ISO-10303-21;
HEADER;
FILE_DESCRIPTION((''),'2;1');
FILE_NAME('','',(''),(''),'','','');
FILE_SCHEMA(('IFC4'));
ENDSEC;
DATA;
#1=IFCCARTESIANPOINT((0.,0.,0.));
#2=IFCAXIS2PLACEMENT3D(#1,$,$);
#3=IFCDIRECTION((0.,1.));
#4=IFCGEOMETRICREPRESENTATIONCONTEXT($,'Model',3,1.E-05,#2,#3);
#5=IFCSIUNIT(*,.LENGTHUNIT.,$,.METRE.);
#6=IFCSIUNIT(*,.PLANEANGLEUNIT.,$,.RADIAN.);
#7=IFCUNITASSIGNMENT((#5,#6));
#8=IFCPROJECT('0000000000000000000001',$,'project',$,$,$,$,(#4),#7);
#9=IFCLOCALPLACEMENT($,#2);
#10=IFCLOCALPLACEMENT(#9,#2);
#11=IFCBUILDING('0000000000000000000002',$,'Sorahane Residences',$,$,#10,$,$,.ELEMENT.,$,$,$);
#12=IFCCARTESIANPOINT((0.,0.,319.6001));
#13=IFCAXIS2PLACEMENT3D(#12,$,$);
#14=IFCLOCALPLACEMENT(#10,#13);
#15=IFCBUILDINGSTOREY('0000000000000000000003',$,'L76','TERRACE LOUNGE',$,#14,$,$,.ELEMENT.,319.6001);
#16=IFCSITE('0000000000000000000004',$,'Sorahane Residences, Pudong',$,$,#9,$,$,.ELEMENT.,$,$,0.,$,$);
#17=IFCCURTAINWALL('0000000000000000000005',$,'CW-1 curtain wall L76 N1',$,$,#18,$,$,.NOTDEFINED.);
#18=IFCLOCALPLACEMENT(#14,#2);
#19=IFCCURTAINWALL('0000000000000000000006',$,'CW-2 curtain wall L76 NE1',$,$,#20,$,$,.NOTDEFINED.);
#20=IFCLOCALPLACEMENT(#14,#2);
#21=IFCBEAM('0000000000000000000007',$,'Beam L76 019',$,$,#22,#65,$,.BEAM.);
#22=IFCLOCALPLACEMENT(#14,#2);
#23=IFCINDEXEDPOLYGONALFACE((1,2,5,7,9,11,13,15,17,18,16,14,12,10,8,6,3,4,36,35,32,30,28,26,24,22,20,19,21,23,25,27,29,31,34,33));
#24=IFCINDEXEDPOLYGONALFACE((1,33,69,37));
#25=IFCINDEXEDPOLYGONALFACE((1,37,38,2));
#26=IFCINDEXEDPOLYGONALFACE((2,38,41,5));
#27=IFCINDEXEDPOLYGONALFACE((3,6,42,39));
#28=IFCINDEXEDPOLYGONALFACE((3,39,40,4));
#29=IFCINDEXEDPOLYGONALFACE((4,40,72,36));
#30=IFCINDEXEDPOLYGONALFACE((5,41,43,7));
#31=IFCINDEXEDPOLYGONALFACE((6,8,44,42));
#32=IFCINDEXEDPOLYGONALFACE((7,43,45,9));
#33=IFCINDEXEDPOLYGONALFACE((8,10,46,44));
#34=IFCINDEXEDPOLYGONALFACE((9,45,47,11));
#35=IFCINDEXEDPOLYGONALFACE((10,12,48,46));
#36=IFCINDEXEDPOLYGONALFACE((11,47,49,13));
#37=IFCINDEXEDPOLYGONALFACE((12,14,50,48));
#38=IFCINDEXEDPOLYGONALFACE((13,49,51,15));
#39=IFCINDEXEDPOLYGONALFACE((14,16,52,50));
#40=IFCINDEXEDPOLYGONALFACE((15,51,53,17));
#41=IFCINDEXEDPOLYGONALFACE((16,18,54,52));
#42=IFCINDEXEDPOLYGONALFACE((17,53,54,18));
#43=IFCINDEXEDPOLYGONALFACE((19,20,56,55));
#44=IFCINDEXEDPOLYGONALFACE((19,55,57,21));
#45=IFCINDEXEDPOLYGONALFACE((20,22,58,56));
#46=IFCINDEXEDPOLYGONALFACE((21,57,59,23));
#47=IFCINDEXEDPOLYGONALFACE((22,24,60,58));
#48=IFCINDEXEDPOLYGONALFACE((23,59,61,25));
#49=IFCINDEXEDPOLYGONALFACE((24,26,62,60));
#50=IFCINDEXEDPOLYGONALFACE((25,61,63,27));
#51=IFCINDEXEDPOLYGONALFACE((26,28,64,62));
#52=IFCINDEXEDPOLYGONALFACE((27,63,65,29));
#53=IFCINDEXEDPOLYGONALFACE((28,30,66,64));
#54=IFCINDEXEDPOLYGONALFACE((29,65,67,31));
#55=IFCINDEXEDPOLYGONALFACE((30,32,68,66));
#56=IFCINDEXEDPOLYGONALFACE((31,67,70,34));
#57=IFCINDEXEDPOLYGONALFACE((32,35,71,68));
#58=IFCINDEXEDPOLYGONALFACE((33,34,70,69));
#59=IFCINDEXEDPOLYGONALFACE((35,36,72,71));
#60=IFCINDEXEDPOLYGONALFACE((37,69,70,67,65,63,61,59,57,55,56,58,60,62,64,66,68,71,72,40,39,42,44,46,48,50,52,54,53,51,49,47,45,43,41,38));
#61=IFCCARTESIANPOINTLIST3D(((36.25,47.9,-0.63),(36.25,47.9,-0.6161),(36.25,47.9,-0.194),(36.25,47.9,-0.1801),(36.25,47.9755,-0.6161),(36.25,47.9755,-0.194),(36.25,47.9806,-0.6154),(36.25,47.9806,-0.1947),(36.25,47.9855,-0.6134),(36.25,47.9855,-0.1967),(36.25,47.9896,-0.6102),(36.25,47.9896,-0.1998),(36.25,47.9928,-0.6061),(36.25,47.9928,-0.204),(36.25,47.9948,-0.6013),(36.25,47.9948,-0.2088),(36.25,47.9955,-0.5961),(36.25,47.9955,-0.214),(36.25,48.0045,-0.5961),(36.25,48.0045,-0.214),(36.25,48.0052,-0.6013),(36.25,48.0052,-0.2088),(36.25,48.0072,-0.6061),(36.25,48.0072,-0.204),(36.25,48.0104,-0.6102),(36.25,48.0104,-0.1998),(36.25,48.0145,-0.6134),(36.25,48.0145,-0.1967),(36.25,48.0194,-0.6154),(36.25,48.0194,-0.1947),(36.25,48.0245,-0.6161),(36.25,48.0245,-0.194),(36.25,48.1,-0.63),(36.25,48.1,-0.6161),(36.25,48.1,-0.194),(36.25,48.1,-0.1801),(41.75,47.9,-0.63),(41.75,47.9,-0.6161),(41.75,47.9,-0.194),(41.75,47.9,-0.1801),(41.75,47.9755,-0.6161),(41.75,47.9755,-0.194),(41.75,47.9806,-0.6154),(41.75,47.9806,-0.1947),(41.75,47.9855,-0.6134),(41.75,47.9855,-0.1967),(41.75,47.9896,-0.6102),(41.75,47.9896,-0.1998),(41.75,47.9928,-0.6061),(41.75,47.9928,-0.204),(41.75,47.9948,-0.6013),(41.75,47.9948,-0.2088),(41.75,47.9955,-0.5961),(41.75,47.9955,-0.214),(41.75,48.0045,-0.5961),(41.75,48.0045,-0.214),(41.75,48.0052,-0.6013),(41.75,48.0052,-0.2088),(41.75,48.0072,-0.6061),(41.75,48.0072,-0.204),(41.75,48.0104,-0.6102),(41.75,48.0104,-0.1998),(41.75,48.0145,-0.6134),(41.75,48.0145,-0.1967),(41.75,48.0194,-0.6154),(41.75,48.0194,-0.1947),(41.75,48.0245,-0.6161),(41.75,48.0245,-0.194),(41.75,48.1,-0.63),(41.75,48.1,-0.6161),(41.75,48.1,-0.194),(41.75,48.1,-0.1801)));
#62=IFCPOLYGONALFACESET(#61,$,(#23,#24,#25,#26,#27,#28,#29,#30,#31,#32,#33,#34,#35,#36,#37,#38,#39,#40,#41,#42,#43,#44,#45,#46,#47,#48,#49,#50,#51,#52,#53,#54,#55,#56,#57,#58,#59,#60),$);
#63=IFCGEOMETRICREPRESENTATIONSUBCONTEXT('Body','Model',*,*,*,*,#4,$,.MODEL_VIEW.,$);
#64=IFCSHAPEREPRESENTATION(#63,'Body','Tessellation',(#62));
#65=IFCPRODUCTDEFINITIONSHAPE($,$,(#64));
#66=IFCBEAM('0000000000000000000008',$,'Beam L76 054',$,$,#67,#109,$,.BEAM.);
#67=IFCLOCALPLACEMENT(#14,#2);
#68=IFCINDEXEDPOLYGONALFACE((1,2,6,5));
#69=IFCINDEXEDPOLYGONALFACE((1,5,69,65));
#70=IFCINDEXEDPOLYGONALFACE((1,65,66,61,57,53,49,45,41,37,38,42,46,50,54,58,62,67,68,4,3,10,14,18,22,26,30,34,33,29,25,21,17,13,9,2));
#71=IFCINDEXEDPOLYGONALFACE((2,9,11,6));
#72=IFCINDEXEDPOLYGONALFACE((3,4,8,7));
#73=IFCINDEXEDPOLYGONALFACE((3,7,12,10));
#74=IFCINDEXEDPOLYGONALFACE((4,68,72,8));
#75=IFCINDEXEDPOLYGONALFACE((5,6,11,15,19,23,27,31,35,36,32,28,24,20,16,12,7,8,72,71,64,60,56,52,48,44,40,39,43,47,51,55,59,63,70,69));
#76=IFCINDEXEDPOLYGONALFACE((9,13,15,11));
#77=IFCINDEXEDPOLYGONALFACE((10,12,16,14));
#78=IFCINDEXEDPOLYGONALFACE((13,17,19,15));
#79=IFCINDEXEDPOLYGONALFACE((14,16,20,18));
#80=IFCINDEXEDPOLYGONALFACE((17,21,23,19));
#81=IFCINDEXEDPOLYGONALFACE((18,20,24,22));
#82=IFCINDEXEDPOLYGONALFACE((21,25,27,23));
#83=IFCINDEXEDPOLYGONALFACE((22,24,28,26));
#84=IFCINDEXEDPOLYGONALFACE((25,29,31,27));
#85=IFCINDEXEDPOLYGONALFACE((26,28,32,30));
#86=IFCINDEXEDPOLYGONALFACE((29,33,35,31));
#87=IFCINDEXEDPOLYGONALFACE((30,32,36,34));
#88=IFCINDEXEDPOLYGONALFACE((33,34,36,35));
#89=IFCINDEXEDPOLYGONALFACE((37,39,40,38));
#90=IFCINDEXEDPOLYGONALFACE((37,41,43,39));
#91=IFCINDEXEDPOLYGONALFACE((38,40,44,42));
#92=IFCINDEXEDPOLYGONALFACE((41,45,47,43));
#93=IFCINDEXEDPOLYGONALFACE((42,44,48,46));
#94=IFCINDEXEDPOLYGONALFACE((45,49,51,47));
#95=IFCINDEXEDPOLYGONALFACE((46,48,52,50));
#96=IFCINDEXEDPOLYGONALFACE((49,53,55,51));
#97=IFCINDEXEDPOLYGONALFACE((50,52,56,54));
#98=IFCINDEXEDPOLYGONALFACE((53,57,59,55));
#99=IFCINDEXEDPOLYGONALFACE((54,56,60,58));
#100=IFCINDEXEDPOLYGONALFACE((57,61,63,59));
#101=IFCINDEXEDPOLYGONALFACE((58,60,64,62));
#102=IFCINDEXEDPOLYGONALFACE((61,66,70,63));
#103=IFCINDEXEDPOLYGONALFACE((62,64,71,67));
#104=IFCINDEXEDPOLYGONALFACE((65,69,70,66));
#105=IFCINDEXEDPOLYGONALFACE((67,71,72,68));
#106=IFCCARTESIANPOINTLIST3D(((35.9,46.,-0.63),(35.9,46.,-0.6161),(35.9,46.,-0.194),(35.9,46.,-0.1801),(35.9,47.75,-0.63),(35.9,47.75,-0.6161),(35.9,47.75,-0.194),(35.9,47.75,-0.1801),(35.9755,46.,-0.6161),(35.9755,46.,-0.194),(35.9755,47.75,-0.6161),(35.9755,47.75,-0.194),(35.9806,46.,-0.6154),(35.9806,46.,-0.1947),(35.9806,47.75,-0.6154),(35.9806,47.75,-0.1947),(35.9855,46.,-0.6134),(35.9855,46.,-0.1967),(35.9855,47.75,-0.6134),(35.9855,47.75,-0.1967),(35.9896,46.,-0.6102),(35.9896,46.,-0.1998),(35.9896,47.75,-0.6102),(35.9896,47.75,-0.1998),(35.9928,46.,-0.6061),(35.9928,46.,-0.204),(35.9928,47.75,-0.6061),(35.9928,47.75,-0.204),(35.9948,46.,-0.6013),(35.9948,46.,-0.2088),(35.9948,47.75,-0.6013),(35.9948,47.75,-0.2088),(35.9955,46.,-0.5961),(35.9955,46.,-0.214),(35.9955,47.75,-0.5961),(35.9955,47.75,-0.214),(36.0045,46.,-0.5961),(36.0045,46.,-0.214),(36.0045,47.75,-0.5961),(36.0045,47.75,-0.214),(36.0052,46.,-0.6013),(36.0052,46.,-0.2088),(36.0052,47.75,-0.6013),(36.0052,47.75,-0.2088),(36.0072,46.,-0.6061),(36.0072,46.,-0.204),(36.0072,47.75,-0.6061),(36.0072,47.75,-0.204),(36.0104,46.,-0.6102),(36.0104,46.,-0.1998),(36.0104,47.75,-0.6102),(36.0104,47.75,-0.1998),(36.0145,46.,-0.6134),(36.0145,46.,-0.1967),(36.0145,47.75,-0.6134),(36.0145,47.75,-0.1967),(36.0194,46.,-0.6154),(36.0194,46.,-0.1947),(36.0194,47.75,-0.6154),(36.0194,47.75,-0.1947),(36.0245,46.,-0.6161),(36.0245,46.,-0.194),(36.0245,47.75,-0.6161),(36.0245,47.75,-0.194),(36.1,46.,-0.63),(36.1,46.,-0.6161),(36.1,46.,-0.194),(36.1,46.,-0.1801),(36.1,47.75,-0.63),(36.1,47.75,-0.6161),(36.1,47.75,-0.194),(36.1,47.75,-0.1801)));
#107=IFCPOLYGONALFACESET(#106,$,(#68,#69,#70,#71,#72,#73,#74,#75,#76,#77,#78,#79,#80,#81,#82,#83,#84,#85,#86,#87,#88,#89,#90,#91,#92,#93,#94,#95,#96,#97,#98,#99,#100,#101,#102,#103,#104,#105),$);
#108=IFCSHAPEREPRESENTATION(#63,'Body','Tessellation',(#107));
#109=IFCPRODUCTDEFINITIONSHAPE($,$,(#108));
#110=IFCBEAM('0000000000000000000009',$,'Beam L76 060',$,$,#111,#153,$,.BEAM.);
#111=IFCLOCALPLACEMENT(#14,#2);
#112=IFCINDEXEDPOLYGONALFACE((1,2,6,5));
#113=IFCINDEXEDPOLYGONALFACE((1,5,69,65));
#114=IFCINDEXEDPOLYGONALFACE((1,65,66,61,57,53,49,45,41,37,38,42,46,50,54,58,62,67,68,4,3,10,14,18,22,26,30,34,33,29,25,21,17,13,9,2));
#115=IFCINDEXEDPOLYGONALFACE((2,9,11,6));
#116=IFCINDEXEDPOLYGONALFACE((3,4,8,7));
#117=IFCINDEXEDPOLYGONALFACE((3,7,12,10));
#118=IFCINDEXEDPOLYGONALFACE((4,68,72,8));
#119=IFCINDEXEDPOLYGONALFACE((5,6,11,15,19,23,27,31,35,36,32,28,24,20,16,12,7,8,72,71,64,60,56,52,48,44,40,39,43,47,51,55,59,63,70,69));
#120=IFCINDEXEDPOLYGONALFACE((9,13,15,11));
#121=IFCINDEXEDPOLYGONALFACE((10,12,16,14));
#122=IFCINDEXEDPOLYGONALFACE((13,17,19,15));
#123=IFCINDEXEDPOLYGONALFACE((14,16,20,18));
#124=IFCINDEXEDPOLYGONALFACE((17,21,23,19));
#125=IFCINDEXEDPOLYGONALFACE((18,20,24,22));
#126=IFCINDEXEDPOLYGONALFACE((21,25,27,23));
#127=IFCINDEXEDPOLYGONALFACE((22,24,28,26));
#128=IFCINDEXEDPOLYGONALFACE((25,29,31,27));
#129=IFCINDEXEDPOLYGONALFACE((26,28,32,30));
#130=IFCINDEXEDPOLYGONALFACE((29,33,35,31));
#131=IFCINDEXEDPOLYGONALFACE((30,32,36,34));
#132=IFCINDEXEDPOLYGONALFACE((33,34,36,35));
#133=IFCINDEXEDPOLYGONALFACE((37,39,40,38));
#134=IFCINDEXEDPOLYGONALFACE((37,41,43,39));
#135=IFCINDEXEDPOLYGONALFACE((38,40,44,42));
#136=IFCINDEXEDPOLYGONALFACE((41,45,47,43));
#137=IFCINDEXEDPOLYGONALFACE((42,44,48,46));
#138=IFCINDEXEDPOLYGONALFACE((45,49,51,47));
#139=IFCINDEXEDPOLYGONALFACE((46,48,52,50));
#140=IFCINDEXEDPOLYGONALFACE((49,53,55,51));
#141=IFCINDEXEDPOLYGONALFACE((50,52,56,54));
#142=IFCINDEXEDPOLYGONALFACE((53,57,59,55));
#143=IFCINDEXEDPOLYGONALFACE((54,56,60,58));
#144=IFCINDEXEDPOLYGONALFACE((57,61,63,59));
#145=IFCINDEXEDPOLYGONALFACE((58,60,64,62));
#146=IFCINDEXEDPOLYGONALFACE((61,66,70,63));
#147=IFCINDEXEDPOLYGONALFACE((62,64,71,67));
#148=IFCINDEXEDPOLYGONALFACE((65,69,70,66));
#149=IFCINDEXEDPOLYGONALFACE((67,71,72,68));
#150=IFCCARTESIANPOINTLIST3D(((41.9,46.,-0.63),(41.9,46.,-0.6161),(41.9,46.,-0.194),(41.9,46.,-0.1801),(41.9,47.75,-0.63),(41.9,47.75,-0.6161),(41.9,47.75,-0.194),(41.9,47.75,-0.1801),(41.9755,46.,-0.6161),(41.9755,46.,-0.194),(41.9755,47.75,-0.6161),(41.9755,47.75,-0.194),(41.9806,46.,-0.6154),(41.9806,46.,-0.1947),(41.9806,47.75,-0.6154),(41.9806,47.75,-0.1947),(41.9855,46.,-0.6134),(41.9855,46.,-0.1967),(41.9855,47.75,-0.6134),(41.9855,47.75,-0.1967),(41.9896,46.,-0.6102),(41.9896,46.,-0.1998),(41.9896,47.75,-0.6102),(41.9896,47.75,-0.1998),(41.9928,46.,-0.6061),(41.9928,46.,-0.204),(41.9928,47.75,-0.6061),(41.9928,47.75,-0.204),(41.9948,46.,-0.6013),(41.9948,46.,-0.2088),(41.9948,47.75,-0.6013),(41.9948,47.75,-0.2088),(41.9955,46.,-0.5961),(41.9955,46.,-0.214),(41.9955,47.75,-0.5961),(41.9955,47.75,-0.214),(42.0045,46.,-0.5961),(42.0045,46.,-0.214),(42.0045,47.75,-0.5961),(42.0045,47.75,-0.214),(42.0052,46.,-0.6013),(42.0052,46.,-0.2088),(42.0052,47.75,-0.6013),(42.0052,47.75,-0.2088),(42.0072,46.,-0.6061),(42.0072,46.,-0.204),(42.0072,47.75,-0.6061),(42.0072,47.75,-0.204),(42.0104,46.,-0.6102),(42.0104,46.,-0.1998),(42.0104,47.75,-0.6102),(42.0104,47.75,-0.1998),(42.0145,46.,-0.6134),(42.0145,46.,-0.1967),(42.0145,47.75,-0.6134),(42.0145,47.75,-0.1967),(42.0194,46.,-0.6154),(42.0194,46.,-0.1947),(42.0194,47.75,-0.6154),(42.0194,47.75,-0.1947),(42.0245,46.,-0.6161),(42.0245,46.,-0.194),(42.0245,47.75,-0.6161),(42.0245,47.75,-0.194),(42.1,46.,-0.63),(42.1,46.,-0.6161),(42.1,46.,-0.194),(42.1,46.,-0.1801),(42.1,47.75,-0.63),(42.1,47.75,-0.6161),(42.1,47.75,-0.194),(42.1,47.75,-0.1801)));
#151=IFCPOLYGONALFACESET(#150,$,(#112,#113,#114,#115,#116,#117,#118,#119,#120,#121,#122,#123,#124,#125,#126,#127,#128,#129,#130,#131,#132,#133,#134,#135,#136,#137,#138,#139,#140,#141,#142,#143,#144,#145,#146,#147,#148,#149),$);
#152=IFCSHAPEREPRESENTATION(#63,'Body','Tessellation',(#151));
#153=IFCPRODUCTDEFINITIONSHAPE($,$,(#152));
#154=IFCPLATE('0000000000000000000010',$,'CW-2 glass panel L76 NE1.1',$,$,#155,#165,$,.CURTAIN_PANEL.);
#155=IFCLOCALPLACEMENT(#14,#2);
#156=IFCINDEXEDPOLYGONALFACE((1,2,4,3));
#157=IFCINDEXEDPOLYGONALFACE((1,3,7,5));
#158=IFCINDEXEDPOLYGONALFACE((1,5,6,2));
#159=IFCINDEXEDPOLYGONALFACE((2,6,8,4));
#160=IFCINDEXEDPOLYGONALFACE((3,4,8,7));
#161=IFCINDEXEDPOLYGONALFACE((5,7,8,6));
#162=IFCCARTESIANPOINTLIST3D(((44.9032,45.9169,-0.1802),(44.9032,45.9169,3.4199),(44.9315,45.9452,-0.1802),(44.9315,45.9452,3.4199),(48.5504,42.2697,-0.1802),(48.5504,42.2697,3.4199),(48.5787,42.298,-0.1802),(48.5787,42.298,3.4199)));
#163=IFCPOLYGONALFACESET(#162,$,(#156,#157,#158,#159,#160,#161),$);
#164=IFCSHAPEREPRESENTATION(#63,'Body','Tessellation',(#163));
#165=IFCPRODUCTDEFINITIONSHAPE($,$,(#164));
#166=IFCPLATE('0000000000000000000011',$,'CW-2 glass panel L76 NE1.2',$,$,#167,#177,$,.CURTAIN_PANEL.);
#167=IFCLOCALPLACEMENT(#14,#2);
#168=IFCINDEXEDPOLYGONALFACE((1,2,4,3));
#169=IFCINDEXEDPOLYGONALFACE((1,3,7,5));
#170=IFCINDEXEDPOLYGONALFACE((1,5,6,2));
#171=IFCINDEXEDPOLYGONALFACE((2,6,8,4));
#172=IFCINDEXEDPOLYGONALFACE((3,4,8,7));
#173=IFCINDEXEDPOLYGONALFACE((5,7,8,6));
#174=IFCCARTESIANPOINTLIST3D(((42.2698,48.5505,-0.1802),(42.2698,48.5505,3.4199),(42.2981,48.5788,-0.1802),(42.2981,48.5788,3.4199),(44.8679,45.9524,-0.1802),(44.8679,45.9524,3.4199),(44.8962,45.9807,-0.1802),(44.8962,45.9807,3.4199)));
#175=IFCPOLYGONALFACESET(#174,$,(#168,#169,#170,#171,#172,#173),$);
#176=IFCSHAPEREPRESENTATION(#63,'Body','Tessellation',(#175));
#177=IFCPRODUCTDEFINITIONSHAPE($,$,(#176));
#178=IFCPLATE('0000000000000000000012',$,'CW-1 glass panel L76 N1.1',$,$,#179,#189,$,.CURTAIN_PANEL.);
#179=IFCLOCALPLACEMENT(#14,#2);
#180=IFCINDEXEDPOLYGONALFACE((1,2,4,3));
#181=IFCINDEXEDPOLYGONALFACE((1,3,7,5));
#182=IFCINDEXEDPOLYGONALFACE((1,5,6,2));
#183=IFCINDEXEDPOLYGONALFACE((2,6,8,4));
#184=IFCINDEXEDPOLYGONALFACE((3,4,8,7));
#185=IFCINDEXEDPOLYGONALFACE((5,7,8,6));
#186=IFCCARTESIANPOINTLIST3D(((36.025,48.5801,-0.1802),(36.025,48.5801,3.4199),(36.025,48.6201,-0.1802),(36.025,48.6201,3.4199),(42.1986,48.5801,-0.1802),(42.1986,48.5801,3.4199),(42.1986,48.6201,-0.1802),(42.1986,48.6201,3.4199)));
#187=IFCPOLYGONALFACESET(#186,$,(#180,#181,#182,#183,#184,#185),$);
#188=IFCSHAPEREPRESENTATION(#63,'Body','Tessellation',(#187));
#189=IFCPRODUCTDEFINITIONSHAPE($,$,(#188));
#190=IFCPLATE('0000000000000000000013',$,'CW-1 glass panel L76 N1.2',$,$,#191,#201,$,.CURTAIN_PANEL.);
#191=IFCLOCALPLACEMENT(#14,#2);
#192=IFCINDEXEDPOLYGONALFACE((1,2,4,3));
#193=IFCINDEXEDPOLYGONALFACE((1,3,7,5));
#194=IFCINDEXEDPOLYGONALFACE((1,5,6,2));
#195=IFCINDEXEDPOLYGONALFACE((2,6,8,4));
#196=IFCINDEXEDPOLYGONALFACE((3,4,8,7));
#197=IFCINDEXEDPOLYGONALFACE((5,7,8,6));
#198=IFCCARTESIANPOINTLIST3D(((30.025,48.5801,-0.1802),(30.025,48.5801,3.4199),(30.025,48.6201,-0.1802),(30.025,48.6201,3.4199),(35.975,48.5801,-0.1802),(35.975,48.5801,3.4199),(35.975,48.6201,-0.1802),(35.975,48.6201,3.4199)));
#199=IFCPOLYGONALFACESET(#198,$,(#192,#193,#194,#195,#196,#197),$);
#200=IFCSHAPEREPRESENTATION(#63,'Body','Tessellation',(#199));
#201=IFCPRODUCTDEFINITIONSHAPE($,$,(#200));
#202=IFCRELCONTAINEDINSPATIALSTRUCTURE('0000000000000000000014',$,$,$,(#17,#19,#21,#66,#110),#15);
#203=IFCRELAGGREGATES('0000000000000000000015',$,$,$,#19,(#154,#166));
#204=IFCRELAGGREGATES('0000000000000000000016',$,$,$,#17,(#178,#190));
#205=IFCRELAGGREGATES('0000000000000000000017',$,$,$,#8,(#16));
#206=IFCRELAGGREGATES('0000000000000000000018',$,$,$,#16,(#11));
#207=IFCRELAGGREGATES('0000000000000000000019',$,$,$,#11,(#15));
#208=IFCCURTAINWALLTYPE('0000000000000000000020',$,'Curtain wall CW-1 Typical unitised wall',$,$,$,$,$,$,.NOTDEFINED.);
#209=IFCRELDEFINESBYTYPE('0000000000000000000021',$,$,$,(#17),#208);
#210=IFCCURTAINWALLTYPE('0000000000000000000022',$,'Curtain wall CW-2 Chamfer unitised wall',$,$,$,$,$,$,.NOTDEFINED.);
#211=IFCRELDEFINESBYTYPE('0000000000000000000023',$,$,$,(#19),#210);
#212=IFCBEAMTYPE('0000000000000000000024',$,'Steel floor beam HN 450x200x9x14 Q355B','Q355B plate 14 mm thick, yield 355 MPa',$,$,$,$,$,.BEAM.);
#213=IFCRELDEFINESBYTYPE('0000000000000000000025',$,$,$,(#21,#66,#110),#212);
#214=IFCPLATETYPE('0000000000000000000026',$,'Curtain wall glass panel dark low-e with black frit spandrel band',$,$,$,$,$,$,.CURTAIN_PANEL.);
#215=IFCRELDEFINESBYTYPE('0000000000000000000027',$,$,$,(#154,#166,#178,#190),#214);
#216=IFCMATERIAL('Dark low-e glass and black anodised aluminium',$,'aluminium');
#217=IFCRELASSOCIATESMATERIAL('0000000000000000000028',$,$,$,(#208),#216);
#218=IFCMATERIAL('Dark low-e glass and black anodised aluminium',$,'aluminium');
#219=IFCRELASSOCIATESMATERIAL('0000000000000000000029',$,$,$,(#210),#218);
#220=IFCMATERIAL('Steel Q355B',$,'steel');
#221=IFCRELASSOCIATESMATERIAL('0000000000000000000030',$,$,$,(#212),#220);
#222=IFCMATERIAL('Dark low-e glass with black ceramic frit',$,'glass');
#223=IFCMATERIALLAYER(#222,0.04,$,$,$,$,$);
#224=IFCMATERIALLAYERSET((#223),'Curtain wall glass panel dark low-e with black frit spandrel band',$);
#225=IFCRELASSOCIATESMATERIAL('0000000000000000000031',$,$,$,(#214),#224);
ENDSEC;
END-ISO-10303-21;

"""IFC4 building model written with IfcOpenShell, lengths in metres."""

from ifc_helpers import new_model, si_unit, direction, frame, origin, origin_2d, place, context, subcontext, project, spatial, rectangle, i_section, extrude, material, layer, layer_set, material_profile, profile_set, type_object, element, aggregate, save


model = new_model("IFC4")

# Units and contexts
model_context = context("Model", 3, precision=1e-05, world=origin(), true_north=direction((0.0, 1.0)))
body_context = subcontext(model_context, "Body", "Model", "MODEL_VIEW")
ifc_project = project(units=[si_unit("LENGTHUNIT", "METRE"), si_unit("PLANEANGLEUNIT", "RADIAN")], contexts=[model_context])

# Site, building, storey
site_placement = place(None, origin())
site = spatial("IfcSite", under=ifc_project, at=site_placement, Name="Sorahane Residences, Pudong", CompositionType="ELEMENT", RefElevation=0.0)
building_placement = place(site_placement, origin())
building = spatial("IfcBuilding", under=site, at=building_placement, Name="Sorahane Residences", CompositionType="ELEMENT")
storey_placement = place(building_placement, frame((0.0, 0.0, 319.6001)))
storey = spatial("IfcBuildingStorey", under=building, at=storey_placement, Name="L76", Description="TERRACE LOUNGE", CompositionType="ELEMENT", Elevation=319.6001)

# Curtain wall
ifc_material_1 = material(Name="Dark low-e glass and black anodised aluminium", Category="aluminium")
curtain_wall_type_1 = type_object("IfcCurtainWallType", Name="Curtain wall CW-1 Typical unitised wall", PredefinedType="NOTDEFINED", material=ifc_material_1)
curtain_wall_1_placement = place(storey_placement, origin())
curtain_wall_1 = element("IfcCurtainWall", 1, at=curtain_wall_1_placement, inside=storey, type_object=curtain_wall_type_1, Name="CW-1 curtain wall L76 N1", PredefinedType="NOTDEFINED")

# Curtain wall
ifc_material_2 = material(Name="Dark low-e glass and black anodised aluminium", Category="aluminium")
curtain_wall_type_2 = type_object("IfcCurtainWallType", Name="Curtain wall CW-2 Chamfer unitised wall", PredefinedType="NOTDEFINED", material=ifc_material_2)
curtain_wall_2_placement = place(storey_placement, origin())
curtain_wall_2 = element("IfcCurtainWall", 2, at=curtain_wall_2_placement, inside=storey, type_object=curtain_wall_type_2, Name="CW-2 curtain wall L76 NE1", PredefinedType="NOTDEFINED")

# Beams
ifc_material_3 = material(Name="Steel Q355B", Category="steel")
ifc_material_profile_1 = material_profile(ifc_material_3, i_section(OverallWidth=0.2, OverallDepth=0.45, WebThickness=0.009, FlangeThickness=0.0139, FilletRadius=0.02, at=origin_2d()), Name="HN 450x200x9x14")
ifc_profile_set_1 = profile_set([ifc_material_profile_1], Name="Steel Q355B")
beam_type = type_object("IfcBeamType", Name="Steel floor beam HN 450x200x9x14 Q355B", Description="Q355B plate 14 mm thick, yield 355 MPa", PredefinedType="BEAM", material=ifc_profile_set_1)
beam_placement = place(storey_placement, frame((36.25, 48.0, -0.405), z_axis=(1.0, 0.0, 0.0), x_axis=(0.0, 1.0, 0.0)))
element("IfcBeam", 3, at=beam_placement, inside=storey, type_object=beam_type, Name="Beam L76 019", PredefinedType="BEAM", context=body_context, shape_type="SweptSolid", body=[
    extrude(i_section(OverallWidth=0.2, OverallDepth=0.45, WebThickness=0.009, FlangeThickness=0.0139, FilletRadius=0.02, at=origin_2d()), origin(), (0.0, 0.0, 1.0), 5.5),
])
for number, where, z_axis, x_axis, name in (
    (4, (36.0, 46.0, -0.405), (0.0, 1.0, 0.0), (-1.0, 0.0, 0.0), "Beam L76 054"),
    (5, (42.0, 46.0, -0.405), (0.0, 1.0, 0.0), (-1.0, 0.0, 0.0), "Beam L76 060"),
):
    element("IfcBeam", number, at=place(storey_placement, frame(where, z_axis=z_axis, x_axis=x_axis)), inside=storey, type_object=beam_type, Name=name, PredefinedType="BEAM", context=body_context, shape_type="SweptSolid", body=[
        extrude(i_section(OverallWidth=0.2, OverallDepth=0.45, WebThickness=0.009, FlangeThickness=0.0139, FilletRadius=0.02, at=origin_2d()), origin(), (0.0, 0.0, 1.0), 1.75),
    ])

# Plates
ifc_material_4 = material(Name="Dark low-e glass with black ceramic frit", Category="glass")
ifc_layer_1 = layer(ifc_material_4, 0.04)
ifc_layer_set_1 = layer_set([ifc_layer_1], Name="Curtain wall glass panel dark low-e with black frit spandrel band")
plate_type = type_object("IfcPlateType", Name="Curtain wall glass panel dark low-e with black frit spandrel band", PredefinedType="CURTAIN_PANEL", material=ifc_layer_set_1)
plate_1_placement = place(storey_placement, frame((46.741, 44.1074, -0.1802), z_axis=(0.0, 0.0, 1.0), x_axis=(-0.707107, 0.707107, 0.0)))
plate_1 = element("IfcPlate", 6, at=plate_1_placement, type_object=plate_type, Name="CW-2 glass panel L76 NE1.1", PredefinedType="CURTAIN_PANEL", context=body_context, shape_type="SweptSolid", body=[
    extrude(rectangle(XDim=5.158, YDim=0.04, at=origin_2d()), origin(), (0.0, 0.0, 1.0), 3.6001),
])
plate_2_placement = place(storey_placement, frame((43.583, 47.2656, -0.1802), z_axis=(0.0, 0.0, 1.0), x_axis=(-0.707107, 0.707107, 0.0)))
plate_2 = element("IfcPlate", 7, at=plate_2_placement, type_object=plate_type, Name="CW-2 glass panel L76 NE1.2", PredefinedType="CURTAIN_PANEL", context=body_context, shape_type="SweptSolid", body=[
    extrude(rectangle(XDim=3.6743, YDim=0.04, at=origin_2d()), origin(), (0.0, 0.0, 1.0), 3.6001),
])
aggregate(curtain_wall_2, [plate_1, plate_2])
plate_3_placement = place(storey_placement, frame((39.1118, 48.6001, -0.1802), z_axis=(0.0, 0.0, 1.0), x_axis=(-1.0, 0.0, 0.0)))
plate_3 = element("IfcPlate", 8, at=plate_3_placement, type_object=plate_type, Name="CW-1 glass panel L76 N1.1", PredefinedType="CURTAIN_PANEL", context=body_context, shape_type="SweptSolid", body=[
    extrude(rectangle(XDim=6.1736, YDim=0.04, at=origin_2d()), origin(), (0.0, 0.0, 1.0), 3.6001),
])
plate_4_placement = place(storey_placement, frame((33.0, 48.6001, -0.1802), z_axis=(0.0, 0.0, 1.0), x_axis=(-1.0, 0.0, 0.0)))
plate_4 = element("IfcPlate", 9, at=plate_4_placement, type_object=plate_type, Name="CW-1 glass panel L76 N1.2", PredefinedType="CURTAIN_PANEL", context=body_context, shape_type="SweptSolid", body=[
    extrude(rectangle(XDim=5.95, YDim=0.04, at=origin_2d()), origin(), (0.0, 0.0, 1.0), 3.6001),
])
aggregate(curtain_wall_1, [plate_3, plate_4])

save(model, "model.ifc")
